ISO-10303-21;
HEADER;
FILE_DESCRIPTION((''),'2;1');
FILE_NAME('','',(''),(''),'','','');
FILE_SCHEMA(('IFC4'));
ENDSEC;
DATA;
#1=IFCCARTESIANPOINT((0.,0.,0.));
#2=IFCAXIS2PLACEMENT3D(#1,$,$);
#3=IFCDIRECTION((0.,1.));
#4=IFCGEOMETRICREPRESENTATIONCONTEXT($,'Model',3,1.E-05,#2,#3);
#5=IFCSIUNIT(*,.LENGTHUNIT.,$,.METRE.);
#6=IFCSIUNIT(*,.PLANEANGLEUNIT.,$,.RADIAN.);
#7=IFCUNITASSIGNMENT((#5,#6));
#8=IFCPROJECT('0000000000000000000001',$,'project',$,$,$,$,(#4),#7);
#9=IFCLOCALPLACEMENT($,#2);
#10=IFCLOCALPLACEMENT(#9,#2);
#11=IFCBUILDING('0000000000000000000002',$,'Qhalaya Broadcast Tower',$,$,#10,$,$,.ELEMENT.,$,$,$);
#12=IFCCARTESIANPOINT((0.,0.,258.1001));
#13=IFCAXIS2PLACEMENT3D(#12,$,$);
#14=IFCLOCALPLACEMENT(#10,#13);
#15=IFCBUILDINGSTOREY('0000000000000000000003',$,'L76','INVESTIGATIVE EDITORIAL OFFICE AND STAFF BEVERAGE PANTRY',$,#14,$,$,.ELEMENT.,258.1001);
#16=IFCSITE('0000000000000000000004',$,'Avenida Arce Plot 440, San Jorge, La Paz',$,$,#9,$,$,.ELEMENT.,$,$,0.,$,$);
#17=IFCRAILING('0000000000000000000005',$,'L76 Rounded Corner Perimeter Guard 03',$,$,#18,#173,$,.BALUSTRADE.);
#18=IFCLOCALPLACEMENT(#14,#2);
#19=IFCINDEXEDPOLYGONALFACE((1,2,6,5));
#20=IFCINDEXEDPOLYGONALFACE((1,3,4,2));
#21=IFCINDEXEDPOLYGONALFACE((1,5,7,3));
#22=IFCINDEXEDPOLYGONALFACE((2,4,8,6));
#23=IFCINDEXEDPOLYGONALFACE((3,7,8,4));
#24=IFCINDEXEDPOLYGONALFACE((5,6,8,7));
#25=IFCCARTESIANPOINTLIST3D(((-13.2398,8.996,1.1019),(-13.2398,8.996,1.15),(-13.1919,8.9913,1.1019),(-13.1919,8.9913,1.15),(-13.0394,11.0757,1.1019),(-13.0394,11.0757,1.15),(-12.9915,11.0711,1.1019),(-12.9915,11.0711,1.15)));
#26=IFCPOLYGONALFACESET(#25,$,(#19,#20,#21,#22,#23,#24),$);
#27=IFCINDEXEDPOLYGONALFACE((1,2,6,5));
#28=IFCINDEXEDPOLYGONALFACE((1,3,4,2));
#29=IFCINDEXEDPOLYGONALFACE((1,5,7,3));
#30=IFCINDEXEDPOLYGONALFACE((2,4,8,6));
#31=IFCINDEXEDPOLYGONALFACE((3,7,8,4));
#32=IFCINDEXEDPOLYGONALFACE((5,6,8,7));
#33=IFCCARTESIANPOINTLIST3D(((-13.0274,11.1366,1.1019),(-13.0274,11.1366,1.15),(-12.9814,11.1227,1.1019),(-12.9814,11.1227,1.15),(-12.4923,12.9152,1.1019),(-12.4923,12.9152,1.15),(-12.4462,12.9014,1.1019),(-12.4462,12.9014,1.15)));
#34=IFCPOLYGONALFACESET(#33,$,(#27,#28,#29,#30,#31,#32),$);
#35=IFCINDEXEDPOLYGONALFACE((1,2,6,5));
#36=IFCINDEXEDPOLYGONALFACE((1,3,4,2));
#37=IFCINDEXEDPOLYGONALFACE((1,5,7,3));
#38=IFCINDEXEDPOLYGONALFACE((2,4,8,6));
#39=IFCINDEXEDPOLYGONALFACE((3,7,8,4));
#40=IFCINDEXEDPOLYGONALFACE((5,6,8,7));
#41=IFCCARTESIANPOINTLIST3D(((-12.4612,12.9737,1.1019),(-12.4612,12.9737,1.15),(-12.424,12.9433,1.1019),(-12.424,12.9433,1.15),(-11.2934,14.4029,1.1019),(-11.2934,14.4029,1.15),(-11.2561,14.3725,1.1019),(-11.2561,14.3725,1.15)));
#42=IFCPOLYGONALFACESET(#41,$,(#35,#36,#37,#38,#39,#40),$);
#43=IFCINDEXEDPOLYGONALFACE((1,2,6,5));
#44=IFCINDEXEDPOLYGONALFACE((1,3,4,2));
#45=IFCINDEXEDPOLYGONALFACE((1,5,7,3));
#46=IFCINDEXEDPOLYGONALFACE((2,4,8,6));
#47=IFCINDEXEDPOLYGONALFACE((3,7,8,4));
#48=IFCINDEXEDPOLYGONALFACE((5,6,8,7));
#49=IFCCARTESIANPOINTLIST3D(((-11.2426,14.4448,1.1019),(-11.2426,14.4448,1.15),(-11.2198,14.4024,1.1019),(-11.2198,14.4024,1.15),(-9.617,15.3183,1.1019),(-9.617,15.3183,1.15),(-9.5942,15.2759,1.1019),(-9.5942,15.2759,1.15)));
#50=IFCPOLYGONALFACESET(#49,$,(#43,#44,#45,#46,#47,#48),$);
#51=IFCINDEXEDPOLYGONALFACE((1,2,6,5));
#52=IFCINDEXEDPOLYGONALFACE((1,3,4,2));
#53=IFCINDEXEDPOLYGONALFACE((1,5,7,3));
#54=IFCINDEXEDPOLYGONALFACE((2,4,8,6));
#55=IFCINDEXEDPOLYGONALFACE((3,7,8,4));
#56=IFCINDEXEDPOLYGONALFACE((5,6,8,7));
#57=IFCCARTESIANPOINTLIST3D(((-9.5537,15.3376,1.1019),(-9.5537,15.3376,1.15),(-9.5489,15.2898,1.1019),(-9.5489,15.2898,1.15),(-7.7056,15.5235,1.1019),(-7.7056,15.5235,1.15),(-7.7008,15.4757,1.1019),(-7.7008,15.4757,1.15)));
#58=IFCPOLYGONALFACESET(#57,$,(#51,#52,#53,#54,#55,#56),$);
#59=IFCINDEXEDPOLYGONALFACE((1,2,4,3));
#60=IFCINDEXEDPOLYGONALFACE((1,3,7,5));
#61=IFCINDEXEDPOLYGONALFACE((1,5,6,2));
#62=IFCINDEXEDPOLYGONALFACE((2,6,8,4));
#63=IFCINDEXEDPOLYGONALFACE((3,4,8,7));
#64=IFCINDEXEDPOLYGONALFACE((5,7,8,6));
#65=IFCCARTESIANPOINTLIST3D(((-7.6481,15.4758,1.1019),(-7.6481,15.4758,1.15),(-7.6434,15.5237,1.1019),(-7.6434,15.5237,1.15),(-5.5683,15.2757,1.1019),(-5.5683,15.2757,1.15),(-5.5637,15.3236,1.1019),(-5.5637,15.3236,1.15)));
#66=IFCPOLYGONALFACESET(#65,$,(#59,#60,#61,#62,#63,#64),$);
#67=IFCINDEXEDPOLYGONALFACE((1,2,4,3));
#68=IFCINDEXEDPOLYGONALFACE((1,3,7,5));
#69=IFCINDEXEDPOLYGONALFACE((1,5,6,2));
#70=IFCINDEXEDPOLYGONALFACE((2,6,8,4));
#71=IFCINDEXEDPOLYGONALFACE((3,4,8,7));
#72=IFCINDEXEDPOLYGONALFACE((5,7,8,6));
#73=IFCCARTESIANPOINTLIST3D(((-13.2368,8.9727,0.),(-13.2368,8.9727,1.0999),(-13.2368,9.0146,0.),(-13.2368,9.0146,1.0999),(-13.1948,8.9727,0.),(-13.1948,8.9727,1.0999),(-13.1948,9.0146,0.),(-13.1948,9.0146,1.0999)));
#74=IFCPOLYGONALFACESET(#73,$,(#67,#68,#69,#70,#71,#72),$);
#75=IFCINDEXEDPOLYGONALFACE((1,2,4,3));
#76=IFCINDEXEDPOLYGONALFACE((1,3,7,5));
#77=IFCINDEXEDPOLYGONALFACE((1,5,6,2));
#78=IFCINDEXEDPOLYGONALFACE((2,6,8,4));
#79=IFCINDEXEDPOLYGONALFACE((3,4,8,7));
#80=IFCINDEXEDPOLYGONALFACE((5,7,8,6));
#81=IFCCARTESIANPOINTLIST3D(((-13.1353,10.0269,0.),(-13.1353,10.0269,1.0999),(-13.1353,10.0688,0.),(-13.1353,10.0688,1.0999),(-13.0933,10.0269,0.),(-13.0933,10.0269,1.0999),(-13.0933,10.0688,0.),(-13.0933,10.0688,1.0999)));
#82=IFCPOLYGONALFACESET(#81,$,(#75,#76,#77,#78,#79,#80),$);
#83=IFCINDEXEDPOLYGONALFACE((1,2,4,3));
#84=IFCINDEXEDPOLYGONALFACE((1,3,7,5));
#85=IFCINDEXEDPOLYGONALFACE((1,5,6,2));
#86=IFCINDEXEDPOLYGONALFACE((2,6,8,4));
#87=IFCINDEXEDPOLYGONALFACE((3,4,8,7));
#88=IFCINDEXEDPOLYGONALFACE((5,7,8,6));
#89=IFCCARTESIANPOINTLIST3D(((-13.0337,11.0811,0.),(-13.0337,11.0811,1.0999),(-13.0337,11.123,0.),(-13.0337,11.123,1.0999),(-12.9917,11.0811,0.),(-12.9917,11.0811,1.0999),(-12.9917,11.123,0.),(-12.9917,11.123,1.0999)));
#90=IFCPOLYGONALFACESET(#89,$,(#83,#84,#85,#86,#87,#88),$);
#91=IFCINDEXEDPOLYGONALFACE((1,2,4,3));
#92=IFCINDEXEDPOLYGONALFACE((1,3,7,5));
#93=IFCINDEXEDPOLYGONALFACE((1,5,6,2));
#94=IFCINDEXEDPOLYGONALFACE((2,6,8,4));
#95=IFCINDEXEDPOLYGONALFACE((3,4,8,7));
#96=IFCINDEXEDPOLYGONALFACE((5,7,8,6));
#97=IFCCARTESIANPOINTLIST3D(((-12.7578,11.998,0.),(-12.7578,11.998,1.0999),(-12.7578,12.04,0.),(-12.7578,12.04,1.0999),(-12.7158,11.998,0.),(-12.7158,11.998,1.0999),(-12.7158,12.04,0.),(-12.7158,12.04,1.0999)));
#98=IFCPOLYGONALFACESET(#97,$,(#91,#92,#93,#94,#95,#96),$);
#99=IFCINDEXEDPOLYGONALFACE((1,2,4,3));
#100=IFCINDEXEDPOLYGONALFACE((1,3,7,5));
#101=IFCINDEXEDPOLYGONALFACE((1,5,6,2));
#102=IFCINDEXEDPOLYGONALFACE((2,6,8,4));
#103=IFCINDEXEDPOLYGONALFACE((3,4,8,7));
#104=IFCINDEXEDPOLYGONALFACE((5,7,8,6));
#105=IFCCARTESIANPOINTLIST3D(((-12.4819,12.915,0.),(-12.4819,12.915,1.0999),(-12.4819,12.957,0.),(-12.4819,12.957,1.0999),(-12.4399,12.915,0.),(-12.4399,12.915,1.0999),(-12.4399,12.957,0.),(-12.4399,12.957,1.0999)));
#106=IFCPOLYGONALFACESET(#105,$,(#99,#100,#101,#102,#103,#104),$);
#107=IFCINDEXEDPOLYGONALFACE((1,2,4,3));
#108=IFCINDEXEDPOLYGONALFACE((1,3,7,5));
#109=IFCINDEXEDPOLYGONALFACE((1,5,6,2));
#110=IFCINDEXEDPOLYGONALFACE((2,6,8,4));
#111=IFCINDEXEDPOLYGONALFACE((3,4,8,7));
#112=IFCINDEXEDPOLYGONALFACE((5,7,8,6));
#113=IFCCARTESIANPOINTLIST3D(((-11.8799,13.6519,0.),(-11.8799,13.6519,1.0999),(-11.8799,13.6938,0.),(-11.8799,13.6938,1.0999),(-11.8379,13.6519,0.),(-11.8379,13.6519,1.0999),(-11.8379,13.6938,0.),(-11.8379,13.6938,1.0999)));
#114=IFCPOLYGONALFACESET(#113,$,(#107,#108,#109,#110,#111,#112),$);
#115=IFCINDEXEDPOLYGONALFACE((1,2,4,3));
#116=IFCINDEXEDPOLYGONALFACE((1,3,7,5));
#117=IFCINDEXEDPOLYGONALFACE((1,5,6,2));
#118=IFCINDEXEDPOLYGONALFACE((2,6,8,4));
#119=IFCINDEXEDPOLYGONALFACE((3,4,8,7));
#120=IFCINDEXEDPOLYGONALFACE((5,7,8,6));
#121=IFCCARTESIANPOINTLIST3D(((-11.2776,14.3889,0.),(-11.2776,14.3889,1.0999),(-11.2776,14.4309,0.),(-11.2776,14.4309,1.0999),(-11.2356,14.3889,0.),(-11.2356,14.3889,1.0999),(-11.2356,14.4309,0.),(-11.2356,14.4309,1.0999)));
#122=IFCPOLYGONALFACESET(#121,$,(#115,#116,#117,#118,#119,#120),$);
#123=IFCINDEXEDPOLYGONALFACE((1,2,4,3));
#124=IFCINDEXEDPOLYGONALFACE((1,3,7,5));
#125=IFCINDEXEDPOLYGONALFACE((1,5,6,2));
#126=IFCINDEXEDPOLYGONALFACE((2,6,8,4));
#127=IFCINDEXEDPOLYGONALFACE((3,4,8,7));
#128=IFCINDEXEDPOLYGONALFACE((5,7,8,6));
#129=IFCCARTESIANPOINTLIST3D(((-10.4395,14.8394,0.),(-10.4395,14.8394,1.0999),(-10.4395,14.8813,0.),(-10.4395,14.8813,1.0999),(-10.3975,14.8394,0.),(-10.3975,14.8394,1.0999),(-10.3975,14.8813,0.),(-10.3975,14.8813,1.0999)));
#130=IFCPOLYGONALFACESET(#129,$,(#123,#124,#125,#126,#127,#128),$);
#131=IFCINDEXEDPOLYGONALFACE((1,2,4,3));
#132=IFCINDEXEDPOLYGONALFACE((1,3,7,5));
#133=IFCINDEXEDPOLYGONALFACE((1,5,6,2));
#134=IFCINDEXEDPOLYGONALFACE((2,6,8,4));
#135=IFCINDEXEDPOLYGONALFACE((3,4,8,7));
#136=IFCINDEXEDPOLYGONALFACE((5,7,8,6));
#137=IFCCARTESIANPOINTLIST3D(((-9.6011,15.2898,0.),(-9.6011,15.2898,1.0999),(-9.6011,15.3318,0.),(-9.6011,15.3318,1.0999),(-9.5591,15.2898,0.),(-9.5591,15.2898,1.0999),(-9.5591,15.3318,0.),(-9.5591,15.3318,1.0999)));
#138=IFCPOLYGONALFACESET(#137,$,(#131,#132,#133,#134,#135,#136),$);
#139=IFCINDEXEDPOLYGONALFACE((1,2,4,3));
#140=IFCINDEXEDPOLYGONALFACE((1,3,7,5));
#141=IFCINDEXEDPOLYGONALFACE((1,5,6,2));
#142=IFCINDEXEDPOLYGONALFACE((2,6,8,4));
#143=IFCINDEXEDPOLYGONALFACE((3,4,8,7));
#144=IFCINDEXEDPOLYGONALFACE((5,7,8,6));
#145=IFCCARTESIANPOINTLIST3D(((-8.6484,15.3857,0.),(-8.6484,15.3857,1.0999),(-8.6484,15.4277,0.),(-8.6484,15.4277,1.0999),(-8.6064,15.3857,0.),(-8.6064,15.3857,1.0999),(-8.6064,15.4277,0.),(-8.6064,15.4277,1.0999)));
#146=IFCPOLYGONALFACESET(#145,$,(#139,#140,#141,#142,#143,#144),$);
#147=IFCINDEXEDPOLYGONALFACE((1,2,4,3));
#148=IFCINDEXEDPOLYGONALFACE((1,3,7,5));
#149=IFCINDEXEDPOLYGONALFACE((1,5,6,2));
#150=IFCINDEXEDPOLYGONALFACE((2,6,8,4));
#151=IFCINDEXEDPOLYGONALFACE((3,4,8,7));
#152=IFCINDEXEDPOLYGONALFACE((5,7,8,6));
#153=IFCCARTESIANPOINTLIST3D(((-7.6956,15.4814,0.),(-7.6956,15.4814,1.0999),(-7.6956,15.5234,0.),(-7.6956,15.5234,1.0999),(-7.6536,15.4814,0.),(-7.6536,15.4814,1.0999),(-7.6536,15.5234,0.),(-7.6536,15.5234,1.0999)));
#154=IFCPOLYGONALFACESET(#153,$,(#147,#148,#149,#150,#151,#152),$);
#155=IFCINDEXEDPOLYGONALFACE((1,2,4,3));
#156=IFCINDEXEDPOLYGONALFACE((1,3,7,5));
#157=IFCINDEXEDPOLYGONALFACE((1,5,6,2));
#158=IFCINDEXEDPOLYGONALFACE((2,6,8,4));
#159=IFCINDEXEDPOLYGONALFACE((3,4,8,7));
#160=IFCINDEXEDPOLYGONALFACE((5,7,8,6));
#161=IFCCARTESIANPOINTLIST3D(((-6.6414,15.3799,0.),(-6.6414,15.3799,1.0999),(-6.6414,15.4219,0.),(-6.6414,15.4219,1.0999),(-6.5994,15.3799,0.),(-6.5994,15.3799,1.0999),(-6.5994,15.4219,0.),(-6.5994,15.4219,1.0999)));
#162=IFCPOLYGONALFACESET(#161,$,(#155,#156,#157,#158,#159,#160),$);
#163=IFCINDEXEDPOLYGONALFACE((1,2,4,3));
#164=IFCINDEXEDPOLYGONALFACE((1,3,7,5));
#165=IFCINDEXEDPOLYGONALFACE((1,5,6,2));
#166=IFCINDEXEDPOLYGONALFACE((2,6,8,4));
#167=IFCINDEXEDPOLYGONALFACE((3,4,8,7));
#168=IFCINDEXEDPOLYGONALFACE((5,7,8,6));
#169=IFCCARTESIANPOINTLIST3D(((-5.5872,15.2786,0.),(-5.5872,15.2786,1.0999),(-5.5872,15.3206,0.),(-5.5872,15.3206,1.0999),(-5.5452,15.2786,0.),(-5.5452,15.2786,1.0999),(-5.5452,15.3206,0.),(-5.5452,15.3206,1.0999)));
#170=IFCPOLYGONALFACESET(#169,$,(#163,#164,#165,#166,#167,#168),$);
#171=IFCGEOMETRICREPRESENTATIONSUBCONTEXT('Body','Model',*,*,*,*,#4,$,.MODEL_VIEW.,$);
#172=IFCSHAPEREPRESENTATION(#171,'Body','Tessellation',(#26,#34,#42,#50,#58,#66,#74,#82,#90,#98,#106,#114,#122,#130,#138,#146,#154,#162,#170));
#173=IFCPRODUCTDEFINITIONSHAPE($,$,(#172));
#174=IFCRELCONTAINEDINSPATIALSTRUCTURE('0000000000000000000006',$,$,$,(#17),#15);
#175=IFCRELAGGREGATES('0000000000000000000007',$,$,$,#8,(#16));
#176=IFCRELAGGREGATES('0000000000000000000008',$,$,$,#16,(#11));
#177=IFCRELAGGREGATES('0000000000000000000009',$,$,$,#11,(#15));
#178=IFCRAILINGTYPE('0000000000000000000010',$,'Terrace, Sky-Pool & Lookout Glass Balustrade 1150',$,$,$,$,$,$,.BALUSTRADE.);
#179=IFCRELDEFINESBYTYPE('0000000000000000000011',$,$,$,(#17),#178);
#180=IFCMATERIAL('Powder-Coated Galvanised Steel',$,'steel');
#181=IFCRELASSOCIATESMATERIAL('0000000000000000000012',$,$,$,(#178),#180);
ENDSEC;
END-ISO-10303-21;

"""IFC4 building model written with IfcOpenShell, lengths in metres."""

from ifc_helpers import new_model, si_unit, direction, frame, origin, origin_2d, place, context, subcontext, project, spatial, rectangle, extrude, material, type_object, element, save


model = new_model("IFC4")

# Units and contexts
model_context = context("Model", 3, precision=1e-05, world=origin(), true_north=direction((0.0, 1.0)))
body_context = subcontext(model_context, "Body", "Model", "MODEL_VIEW")
ifc_project = project(units=[si_unit("LENGTHUNIT", "METRE"), si_unit("PLANEANGLEUNIT", "RADIAN")], contexts=[model_context])

# Site, building, storey
site_placement = place(None, origin())
site = spatial("IfcSite", under=ifc_project, at=site_placement, Name="Avenida Arce Plot 440, San Jorge, La Paz", CompositionType="ELEMENT", RefElevation=0.0)
building_placement = place(site_placement, origin())
building = spatial("IfcBuilding", under=site, at=building_placement, Name="Qhalaya Broadcast Tower", CompositionType="ELEMENT")
storey_placement = place(building_placement, frame((0.0, 0.0, 258.1001)))
storey = spatial("IfcBuildingStorey", under=building, at=storey_placement, Name="L76", Description="INVESTIGATIVE EDITORIAL OFFICE AND STAFF BEVERAGE PANTRY", CompositionType="ELEMENT", Elevation=258.1001)

# Railing
ifc_material_1 = material(Name="Powder-Coated Galvanised Steel", Category="steel")
railing_type = type_object("IfcRailingType", Name="Terrace, Sky-Pool & Lookout Glass Balustrade 1150", PredefinedType="BALUSTRADE", material=ifc_material_1)
railing_placement = place(storey_placement, frame((-13.2158, 8.9937, 0.0)))
element("IfcRailing", 1, at=railing_placement, inside=storey, type_object=railing_type, Name="L76 Rounded Corner Perimeter Guard 03", PredefinedType="BALUSTRADE", context=body_context, shape_type="SweptSolid", body=[
    extrude(rectangle(XDim=0.0481, YDim=0.0481, at=origin_2d()), frame((0.0, 0.0, 1.126), z_axis=(0.095897, 0.995391, 0.0), x_axis=(-0.995391, 0.095897, 0.0)), (0.0, 0.0, 1.0), 2.0894),
    extrude(rectangle(XDim=0.0481, YDim=0.0481, at=origin_2d()), frame((0.2114, 2.136, 1.126), z_axis=(0.288096, 0.957601, 0.0), x_axis=(-0.957601, 0.288096, 0.0)), (0.0, 0.0, 1.0), 1.8574),
    extrude(rectangle(XDim=0.0481, YDim=0.0481, at=origin_2d()), frame((0.7732, 3.9648, 1.126), z_axis=(0.632749, 0.774357, 0.0), x_axis=(-0.774357, 0.632749, 0.0)), (0.0, 0.0, 1.0), 1.8457),
    extrude(rectangle(XDim=0.0481, YDim=0.0481, at=origin_2d()), frame((1.9846, 5.4299, 1.126), z_axis=(0.880879, 0.473342, 0.0), x_axis=(-0.473342, 0.880879, 0.0)), (0.0, 0.0, 1.0), 1.8455),
    extrude(rectangle(XDim=0.0481, YDim=0.0481, at=origin_2d()), frame((3.6646, 6.3201, 1.126), z_axis=(0.99498, 0.100072, 0.0), x_axis=(-0.100072, 0.99498, 0.0)), (0.0, 0.0, 1.0), 1.8574),
    extrude(rectangle(XDim=0.0481, YDim=0.0481, at=origin_2d()), frame((5.5701, 6.5061, 1.126), z_axis=(0.995402, -0.095783, 0.0), x_axis=(0.095783, 0.995402, 0.0)), (0.0, 0.0, 1.0), 2.0894),
    extrude(rectangle(XDim=0.042, YDim=0.042, at=origin_2d()), origin(), (0.0, 0.0, 1.0), 1.0999),
    extrude(rectangle(XDim=0.042, YDim=0.042, at=origin_2d()), frame((0.1016, 1.0542, 0.0)), (0.0, 0.0, 1.0), 1.0999),
    extrude(rectangle(XDim=0.042, YDim=0.042, at=origin_2d()), frame((0.2031, 2.1084, 0.0)), (0.0, 0.0, 1.0), 1.0999),
    extrude(rectangle(XDim=0.042, YDim=0.042, at=origin_2d()), frame((0.479, 3.0254, 0.0)), (0.0, 0.0, 1.0), 1.0999),
    extrude(rectangle(XDim=0.042, YDim=0.042, at=origin_2d()), frame((0.7549, 3.9424, 0.0)), (0.0, 0.0, 1.0), 1.0999),
    extrude(rectangle(XDim=0.042, YDim=0.042, at=origin_2d()), frame((1.3569, 4.6792, 0.0)), (0.0, 0.0, 1.0), 1.0999),
    extrude(rectangle(XDim=0.042, YDim=0.042, at=origin_2d()), frame((1.9592, 5.4163, 0.0)), (0.0, 0.0, 1.0), 1.0999),
    extrude(rectangle(XDim=0.042, YDim=0.042, at=origin_2d()), frame((2.7974, 5.8667, 0.0)), (0.0, 0.0, 1.0), 1.0999),
    extrude(rectangle(XDim=0.042, YDim=0.042, at=origin_2d()), frame((3.6357, 6.3171, 0.0)), (0.0, 0.0, 1.0), 1.0999),
    extrude(rectangle(XDim=0.042, YDim=0.042, at=origin_2d()), frame((4.5884, 6.4131, 0.0)), (0.0, 0.0, 1.0), 1.0999),
    extrude(rectangle(XDim=0.042, YDim=0.042, at=origin_2d()), frame((5.5413, 6.5088, 0.0)), (0.0, 0.0, 1.0), 1.0999),
    extrude(rectangle(XDim=0.042, YDim=0.042, at=origin_2d()), frame((6.5955, 6.4072, 0.0)), (0.0, 0.0, 1.0), 1.0999),
    extrude(rectangle(XDim=0.042, YDim=0.042, at=origin_2d()), frame((7.6497, 6.3059, 0.0)), (0.0, 0.0, 1.0), 1.0999),
])

save(model, "model.ifc")
